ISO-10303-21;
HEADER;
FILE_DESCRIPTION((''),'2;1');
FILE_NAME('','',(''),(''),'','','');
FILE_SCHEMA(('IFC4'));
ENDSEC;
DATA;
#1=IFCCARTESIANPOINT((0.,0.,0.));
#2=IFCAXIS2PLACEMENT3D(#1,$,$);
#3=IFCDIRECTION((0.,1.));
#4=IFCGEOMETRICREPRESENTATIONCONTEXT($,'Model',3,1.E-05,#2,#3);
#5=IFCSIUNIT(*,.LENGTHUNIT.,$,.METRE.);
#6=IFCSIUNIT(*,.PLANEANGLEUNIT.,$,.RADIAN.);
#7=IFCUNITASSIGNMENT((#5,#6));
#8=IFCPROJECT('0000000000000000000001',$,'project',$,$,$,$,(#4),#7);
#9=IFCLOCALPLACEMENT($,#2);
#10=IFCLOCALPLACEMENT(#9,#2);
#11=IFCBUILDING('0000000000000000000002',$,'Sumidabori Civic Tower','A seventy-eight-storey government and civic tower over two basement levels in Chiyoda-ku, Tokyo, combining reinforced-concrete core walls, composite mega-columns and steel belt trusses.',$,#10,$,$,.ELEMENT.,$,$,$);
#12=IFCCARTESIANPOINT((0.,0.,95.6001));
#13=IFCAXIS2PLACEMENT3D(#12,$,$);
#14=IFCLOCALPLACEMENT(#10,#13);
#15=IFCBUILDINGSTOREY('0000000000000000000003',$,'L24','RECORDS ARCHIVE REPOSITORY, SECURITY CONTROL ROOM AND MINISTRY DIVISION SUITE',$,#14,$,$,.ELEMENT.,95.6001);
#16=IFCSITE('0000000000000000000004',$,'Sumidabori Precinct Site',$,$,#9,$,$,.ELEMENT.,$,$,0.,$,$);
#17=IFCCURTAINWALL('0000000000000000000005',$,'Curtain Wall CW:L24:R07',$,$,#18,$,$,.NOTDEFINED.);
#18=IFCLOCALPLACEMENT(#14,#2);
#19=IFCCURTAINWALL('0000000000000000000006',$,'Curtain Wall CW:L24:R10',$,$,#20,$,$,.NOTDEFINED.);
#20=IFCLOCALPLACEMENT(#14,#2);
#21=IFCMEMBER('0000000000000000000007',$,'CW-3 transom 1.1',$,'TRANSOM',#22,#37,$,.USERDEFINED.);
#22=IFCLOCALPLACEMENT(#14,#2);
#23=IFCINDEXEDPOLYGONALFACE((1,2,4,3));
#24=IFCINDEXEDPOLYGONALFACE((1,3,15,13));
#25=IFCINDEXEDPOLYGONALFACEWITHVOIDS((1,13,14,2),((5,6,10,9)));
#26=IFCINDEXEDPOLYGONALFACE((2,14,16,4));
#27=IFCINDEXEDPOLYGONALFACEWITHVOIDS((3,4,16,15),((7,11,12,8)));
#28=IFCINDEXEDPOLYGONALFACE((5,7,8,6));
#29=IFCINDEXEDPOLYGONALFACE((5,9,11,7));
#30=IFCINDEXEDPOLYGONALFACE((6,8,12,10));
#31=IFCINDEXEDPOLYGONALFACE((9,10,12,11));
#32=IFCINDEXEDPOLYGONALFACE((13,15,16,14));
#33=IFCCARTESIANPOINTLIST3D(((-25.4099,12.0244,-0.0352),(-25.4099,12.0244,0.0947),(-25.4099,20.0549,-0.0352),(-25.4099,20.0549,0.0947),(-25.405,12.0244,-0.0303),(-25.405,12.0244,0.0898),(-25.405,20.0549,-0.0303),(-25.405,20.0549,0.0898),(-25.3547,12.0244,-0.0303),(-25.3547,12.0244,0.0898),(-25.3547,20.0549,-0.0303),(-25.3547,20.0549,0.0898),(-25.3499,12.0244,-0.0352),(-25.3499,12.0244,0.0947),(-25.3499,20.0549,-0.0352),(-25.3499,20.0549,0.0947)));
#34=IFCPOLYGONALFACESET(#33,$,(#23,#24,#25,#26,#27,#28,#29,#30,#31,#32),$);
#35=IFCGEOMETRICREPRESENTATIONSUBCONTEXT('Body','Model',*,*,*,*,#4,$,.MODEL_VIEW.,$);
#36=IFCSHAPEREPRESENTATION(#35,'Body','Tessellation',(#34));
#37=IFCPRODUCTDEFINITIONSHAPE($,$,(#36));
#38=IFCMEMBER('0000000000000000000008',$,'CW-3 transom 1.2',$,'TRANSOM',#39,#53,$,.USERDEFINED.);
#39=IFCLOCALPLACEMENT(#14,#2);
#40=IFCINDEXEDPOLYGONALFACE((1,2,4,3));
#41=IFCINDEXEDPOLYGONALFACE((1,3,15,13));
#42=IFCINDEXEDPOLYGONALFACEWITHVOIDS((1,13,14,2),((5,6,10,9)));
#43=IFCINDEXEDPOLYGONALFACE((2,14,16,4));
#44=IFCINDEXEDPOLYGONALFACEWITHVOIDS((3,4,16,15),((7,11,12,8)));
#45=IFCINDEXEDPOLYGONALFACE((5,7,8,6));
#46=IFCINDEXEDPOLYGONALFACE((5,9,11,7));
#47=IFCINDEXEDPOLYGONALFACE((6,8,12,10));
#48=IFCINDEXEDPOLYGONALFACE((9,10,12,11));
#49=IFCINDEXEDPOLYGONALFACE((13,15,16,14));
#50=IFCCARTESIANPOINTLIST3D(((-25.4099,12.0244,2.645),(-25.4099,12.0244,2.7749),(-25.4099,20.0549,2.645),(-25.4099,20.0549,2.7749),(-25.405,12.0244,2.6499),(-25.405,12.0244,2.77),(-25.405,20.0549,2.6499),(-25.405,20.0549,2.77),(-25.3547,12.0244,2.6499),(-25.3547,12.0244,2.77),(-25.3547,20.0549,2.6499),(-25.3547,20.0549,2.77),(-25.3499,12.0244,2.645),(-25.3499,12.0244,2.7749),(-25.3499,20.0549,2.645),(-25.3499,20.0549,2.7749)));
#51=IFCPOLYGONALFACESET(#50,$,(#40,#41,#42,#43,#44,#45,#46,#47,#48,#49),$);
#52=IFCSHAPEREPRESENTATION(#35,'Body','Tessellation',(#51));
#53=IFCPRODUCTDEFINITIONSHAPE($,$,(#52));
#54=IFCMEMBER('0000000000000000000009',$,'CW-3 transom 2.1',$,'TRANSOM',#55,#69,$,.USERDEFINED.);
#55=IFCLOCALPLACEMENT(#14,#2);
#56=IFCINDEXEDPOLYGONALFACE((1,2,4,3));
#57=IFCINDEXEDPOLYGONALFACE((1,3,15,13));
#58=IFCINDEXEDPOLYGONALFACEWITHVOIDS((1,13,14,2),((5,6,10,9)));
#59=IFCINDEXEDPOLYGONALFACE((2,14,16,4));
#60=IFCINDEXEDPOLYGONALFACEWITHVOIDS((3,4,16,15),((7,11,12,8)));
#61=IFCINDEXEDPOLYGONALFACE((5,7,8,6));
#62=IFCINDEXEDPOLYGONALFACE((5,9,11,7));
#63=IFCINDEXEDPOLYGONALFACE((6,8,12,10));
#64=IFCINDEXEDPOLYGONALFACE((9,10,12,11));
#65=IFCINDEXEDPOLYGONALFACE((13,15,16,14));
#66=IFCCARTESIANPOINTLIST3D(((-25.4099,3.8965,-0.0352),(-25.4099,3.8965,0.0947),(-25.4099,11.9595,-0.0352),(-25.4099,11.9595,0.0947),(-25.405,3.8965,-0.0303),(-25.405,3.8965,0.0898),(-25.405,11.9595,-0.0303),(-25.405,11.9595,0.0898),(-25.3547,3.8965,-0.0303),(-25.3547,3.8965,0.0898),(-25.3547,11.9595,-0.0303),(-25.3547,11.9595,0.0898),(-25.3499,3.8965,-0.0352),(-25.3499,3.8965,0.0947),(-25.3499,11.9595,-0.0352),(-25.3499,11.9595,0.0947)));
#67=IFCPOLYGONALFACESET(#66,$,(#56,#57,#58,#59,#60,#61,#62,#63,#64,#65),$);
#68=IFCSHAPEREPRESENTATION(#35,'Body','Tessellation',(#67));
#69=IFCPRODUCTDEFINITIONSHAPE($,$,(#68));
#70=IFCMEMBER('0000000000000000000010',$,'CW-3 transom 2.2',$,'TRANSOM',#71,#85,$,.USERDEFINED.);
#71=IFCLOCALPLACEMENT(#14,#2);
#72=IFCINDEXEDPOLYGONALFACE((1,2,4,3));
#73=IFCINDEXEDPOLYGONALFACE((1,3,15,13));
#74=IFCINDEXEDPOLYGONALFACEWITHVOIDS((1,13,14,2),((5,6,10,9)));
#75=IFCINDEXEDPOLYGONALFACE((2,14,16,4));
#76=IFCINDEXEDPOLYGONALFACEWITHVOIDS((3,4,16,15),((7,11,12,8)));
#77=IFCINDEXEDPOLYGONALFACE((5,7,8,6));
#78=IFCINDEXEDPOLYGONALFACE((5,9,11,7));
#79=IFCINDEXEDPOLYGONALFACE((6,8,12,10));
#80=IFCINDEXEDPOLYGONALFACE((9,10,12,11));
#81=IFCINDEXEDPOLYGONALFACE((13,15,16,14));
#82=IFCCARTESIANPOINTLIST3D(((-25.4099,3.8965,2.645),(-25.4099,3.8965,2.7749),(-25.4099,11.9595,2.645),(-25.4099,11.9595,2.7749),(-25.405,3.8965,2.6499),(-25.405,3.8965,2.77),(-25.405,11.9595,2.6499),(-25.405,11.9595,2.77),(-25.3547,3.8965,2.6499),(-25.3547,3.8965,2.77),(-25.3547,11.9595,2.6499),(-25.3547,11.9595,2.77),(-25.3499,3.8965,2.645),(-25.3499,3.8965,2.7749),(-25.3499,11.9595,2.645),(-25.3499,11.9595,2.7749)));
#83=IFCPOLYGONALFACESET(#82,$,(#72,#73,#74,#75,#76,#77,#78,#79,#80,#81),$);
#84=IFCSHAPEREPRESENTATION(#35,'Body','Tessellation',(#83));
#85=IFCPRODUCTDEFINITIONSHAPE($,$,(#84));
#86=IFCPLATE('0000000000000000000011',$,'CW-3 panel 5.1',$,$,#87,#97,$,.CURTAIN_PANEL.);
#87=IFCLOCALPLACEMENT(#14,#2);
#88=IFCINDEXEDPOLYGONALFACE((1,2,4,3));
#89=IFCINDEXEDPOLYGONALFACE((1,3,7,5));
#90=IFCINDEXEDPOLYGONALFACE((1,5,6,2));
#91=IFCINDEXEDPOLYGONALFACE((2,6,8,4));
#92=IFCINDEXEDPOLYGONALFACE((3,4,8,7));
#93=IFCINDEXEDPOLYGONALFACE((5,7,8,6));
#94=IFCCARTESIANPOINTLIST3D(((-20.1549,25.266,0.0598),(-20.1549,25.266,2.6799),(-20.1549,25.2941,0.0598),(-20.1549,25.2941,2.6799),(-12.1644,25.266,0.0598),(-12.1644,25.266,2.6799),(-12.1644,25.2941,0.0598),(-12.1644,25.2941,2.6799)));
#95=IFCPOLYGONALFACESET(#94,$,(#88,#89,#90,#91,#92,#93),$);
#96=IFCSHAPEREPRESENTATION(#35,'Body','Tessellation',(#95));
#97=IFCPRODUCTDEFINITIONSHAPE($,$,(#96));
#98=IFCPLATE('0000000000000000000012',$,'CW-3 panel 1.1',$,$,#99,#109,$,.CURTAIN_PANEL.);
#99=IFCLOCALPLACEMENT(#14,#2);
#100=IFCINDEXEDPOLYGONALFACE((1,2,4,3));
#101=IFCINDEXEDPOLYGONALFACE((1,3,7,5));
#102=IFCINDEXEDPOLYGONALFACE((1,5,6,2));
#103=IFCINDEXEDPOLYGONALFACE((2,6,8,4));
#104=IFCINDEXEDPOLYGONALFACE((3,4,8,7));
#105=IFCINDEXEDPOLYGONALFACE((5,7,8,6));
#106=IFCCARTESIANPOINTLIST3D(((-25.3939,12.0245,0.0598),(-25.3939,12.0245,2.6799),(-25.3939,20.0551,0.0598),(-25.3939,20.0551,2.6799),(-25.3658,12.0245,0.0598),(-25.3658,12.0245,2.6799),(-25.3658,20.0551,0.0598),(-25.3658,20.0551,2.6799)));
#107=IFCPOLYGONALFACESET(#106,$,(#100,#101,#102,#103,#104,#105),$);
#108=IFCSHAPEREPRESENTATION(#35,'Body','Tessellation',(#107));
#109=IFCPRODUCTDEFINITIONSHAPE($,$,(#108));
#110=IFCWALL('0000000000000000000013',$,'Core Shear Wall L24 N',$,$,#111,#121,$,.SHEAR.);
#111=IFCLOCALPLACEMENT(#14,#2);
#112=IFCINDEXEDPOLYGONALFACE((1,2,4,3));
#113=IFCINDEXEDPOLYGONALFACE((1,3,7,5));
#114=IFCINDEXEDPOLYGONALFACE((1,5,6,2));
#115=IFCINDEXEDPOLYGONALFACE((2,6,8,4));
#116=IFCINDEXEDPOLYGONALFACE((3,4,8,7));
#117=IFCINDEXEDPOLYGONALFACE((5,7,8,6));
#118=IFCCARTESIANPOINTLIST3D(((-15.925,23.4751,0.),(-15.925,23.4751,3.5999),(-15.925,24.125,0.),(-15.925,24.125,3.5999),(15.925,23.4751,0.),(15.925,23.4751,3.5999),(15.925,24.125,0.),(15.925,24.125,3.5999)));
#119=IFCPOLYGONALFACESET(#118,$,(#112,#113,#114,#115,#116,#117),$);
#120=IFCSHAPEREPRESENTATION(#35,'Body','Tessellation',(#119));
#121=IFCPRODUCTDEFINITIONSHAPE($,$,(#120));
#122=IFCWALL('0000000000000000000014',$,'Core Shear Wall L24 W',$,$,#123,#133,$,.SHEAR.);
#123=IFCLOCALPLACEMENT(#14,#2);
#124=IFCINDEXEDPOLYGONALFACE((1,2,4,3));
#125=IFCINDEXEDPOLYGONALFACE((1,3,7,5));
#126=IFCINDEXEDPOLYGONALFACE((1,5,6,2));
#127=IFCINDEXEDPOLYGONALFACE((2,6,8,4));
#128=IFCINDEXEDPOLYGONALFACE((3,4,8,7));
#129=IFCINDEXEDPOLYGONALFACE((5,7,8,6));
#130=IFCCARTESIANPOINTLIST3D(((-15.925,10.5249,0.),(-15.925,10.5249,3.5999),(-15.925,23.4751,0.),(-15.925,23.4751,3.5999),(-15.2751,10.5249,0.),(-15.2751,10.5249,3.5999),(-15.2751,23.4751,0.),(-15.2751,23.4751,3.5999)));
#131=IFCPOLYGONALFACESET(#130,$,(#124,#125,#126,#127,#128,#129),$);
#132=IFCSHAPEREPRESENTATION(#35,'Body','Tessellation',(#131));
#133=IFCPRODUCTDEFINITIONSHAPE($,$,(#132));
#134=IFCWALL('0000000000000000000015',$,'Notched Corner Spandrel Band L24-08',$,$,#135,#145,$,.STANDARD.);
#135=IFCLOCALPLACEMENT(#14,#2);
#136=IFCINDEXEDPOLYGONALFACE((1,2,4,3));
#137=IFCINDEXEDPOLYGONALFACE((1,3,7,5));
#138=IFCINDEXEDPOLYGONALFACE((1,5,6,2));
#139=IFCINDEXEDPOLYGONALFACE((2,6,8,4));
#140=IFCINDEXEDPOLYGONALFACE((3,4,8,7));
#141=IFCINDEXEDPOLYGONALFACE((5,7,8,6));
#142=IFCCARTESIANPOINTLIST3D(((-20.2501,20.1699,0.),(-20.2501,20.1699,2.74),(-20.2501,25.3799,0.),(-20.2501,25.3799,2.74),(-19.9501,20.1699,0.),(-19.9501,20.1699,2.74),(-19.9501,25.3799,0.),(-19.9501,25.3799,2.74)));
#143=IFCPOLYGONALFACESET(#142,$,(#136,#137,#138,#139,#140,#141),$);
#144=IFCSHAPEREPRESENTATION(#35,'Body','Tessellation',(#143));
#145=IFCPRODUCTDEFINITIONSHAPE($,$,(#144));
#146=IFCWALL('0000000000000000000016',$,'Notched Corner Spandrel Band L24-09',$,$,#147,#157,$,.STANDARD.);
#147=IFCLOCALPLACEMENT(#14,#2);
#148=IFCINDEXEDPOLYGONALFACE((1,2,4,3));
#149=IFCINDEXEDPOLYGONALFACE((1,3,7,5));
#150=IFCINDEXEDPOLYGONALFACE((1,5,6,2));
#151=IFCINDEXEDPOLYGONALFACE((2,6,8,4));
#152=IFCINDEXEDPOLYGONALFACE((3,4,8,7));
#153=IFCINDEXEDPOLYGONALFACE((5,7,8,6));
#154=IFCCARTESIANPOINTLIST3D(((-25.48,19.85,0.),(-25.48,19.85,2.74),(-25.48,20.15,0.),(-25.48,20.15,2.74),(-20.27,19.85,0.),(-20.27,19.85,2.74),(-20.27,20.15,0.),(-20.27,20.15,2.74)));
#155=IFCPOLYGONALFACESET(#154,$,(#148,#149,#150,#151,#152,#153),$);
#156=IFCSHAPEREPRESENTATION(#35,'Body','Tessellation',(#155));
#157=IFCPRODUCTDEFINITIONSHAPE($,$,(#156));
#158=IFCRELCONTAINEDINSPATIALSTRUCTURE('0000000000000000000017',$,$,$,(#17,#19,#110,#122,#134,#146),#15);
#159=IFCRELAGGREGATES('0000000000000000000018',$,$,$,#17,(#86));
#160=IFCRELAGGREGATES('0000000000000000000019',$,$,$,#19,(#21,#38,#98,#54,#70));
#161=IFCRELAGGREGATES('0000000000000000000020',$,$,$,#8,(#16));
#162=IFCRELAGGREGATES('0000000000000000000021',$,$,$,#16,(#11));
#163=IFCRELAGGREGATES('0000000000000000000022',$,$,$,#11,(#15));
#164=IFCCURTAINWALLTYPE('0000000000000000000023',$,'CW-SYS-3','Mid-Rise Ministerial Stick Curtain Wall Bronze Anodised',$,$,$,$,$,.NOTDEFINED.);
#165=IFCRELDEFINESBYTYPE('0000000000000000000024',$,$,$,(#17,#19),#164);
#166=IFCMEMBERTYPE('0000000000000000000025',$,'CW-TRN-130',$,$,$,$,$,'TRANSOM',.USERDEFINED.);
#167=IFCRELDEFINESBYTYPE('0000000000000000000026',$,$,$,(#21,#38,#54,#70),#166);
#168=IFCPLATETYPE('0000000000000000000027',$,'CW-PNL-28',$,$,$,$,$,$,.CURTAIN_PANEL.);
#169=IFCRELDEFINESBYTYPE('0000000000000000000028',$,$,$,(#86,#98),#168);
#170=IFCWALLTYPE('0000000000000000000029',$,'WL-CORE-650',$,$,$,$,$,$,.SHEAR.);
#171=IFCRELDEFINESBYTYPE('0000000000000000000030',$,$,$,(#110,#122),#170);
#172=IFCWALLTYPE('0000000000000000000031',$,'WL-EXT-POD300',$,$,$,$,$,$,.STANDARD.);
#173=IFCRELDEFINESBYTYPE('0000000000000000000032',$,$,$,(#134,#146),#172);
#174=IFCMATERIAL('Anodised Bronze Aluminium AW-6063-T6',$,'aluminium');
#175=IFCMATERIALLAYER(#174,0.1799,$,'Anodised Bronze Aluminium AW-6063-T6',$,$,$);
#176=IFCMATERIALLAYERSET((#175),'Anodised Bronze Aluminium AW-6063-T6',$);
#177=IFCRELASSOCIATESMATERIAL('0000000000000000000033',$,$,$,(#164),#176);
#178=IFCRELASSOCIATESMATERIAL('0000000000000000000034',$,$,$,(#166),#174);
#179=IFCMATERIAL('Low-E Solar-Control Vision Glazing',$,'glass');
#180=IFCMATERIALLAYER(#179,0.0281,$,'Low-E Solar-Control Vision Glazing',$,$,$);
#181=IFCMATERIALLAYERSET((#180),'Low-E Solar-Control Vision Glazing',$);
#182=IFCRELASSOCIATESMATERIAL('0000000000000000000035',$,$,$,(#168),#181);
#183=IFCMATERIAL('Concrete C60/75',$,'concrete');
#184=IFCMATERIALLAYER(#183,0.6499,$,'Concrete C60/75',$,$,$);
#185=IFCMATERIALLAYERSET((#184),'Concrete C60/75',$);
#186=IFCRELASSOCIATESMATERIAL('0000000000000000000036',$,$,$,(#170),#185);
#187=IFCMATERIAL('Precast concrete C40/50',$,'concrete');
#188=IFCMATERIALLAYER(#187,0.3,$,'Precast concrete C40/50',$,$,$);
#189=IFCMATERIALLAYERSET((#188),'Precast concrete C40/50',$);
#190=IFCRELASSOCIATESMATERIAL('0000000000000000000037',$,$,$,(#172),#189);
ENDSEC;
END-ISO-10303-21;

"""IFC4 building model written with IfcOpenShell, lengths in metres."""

from ifc_helpers import new_model, si_unit, direction, frame, frame_2d, origin, origin_2d, place, context, subcontext, project, spatial, rectangle, hollow_rectangle, extrude, source, transform, mapped, material, layer, layer_set, material_profile, profile_set, type_object, element, aggregate, save


model = new_model("IFC4")

# Units and contexts
model_context = context("Model", 3, precision=1e-05, world=origin(), true_north=direction((0.0, 1.0)))
body_context = subcontext(model_context, "Body", "Model", "MODEL_VIEW")
ifc_project = project(units=[si_unit("LENGTHUNIT", "METRE"), si_unit("PLANEANGLEUNIT", "RADIAN")], contexts=[model_context])

# Site, building, storey
site_placement = place(None, origin())
site = spatial("IfcSite", under=ifc_project, at=site_placement, Name="Sumidabori Precinct Site", CompositionType="ELEMENT", RefElevation=0.0)
building_placement = place(site_placement, origin())
building = spatial("IfcBuilding", under=site, at=building_placement, Name="Sumidabori Civic Tower", Description="A seventy-eight-storey government and civic tower over two basement levels in Chiyoda-ku, Tokyo, combining reinforced-concrete core walls, composite mega-columns and steel belt trusses.", CompositionType="ELEMENT")
storey_placement = place(building_placement, frame((0.0, 0.0, 95.6001)))
storey = spatial("IfcBuildingStorey", under=building, at=storey_placement, Name="L24", Description="RECORDS ARCHIVE REPOSITORY, SECURITY CONTROL ROOM AND MINISTRY DIVISION SUITE", CompositionType="ELEMENT", Elevation=95.6001)

# Shared definitions
ifc_material_1 = material(Name="Concrete C60/75", Category="concrete")

# Curtain wall
ifc_material_2 = material(Name="Anodised Bronze Aluminium AW-6063-T6", Category="aluminium")
ifc_layer_1 = layer(ifc_material_2, 0.1799, Name="Anodised Bronze Aluminium AW-6063-T6")
ifc_layer_set_1 = layer_set([ifc_layer_1], Name="Anodised Bronze Aluminium AW-6063-T6")
curtain_wall_type = type_object("IfcCurtainWallType", Name="CW-SYS-3", Description="Mid-Rise Ministerial Stick Curtain Wall Bronze Anodised", PredefinedType="NOTDEFINED", material=ifc_layer_set_1)
curtain_wall_1_placement = place(storey_placement, origin())
curtain_wall_1 = element("IfcCurtainWall", 1, at=curtain_wall_1_placement, inside=storey, type_object=curtain_wall_type, Name="Curtain Wall CW:L24:R07", PredefinedType="NOTDEFINED")

# Curtain wall, members
curtain_wall_2_placement = place(storey_placement, origin())
curtain_wall_2 = element("IfcCurtainWall", 2, at=curtain_wall_2_placement, inside=storey, type_object=curtain_wall_type, Name="Curtain Wall CW:L24:R10", PredefinedType="NOTDEFINED")
ifc_material_profile_1 = material_profile(ifc_material_2, hollow_rectangle(XDim=0.0601, YDim=0.1299, WallThickness=0.0049, at=origin_2d()), Name="ALU TRANSOM 130x60")
ifc_profile_set_1 = profile_set([ifc_material_profile_1], Name="Anodised Bronze Aluminium AW-6063-T6")
member_type_1 = type_object("IfcMemberType", Name="CW-TRN-130", ElementType="TRANSOM", PredefinedType="USERDEFINED", material=ifc_profile_set_1)
shared_shape_1 = source(origin(), body_context, "Body", "SweptSolid", [
    extrude(hollow_rectangle(XDim=0.0601, YDim=0.1299, WallThickness=0.0049, at=origin_2d()), origin(), (0.0, 0.0, 1.0), 8.0305),
])
member_1_placement = place(storey_placement, frame((-25.3799, 20.0549, 0.0298), z_axis=(0.0, -1.0, 0.0), x_axis=(1.0, 0.0, 0.0)))
member_1 = element("IfcMember", 3, at=member_1_placement, type_object=member_type_1, Name="CW-3 transom 1.1", ObjectType="TRANSOM", PredefinedType="USERDEFINED", context=body_context, shape_type="MappedRepresentation", body=[
    mapped(shared_shape_1, transform((0.0, 0.0, 0.0), x_axis=(1.0, 0.0, 0.0), y_axis=(0.0, 1.0, 0.0), z_axis=(0.0, 0.0, 1.0), scale=1.0)),
])
member_2_placement = place(storey_placement, frame((-25.3799, 20.0549, 2.71), z_axis=(0.0, -1.0, 0.0), x_axis=(1.0, 0.0, 0.0)))
member_2 = element("IfcMember", 4, at=member_2_placement, type_object=member_type_1, Name="CW-3 transom 1.2", ObjectType="TRANSOM", PredefinedType="USERDEFINED", context=body_context, shape_type="MappedRepresentation", body=[
    mapped(shared_shape_1, transform((0.0, 0.0, 0.0), x_axis=(1.0, 0.0, 0.0), y_axis=(0.0, 1.0, 0.0), z_axis=(0.0, 0.0, 1.0), scale=1.0)),
])
shared_shape_2 = source(origin(), body_context, "Body", "SweptSolid", [
    extrude(hollow_rectangle(XDim=0.0601, YDim=0.1299, WallThickness=0.0049, at=origin_2d()), origin(), (0.0, 0.0, 1.0), 8.063),
])
member_3_placement = place(storey_placement, frame((-25.3799, 11.9595, 0.0298), z_axis=(0.0, -1.0, 0.0), x_axis=(1.0, 0.0, 0.0)))
member_3 = element("IfcMember", 5, at=member_3_placement, type_object=member_type_1, Name="CW-3 transom 2.1", ObjectType="TRANSOM", PredefinedType="USERDEFINED", context=body_context, shape_type="MappedRepresentation", body=[
    mapped(shared_shape_2, transform((0.0, 0.0, 0.0), x_axis=(1.0, 0.0, 0.0), y_axis=(0.0, 1.0, 0.0), z_axis=(0.0, 0.0, 1.0), scale=1.0)),
])
member_4_placement = place(storey_placement, frame((-25.3799, 11.9595, 2.71), z_axis=(0.0, -1.0, 0.0), x_axis=(1.0, 0.0, 0.0)))
member_4 = element("IfcMember", 6, at=member_4_placement, type_object=member_type_1, Name="CW-3 transom 2.2", ObjectType="TRANSOM", PredefinedType="USERDEFINED", context=body_context, shape_type="MappedRepresentation", body=[
    mapped(shared_shape_2, transform((0.0, 0.0, 0.0), x_axis=(1.0, 0.0, 0.0), y_axis=(0.0, 1.0, 0.0), z_axis=(0.0, 0.0, 1.0), scale=1.0)),
])

# Plates
ifc_material_3 = material(Name="Low-E Solar-Control Vision Glazing", Category="glass")
ifc_layer_2 = layer(ifc_material_3, 0.0281, Name="Low-E Solar-Control Vision Glazing")
ifc_layer_set_2 = layer_set([ifc_layer_2], Name="Low-E Solar-Control Vision Glazing")
plate_type = type_object("IfcPlateType", Name="CW-PNL-28", PredefinedType="CURTAIN_PANEL", material=ifc_layer_set_2)
shared_shape_3 = source(origin(), body_context, "Body", "SweptSolid", [
    extrude(rectangle(XDim=7.9905, YDim=0.0281, at=origin_2d()), origin(), (0.0, 0.0, 1.0), 2.6201),
])
plate_1_placement = place(storey_placement, frame((-16.1597, 25.28, 0.0598), z_axis=(0.0, 0.0, 1.0), x_axis=(-1.0, 0.0, 0.0)))
plate_1 = element("IfcPlate", 7, at=plate_1_placement, type_object=plate_type, Name="CW-3 panel 5.1", PredefinedType="CURTAIN_PANEL", context=body_context, shape_type="MappedRepresentation", body=[
    mapped(shared_shape_3, transform((0.0, 0.0, 0.0), x_axis=(1.0, 0.0, 0.0), y_axis=(0.0, 1.0, 0.0), z_axis=(0.0, 0.0, 1.0), scale=1.0)),
])
aggregate(curtain_wall_1, [plate_1])
shared_shape_4 = source(origin(), body_context, "Body", "SweptSolid", [
    extrude(rectangle(XDim=8.0305, YDim=0.0281, at=origin_2d()), origin(), (0.0, 0.0, 1.0), 2.6201),
])
plate_2_placement = place(storey_placement, frame((-25.3799, 16.0398, 0.0598), z_axis=(0.0, 0.0, 1.0), x_axis=(0.0, -1.0, 0.0)))
plate_2 = element("IfcPlate", 8, at=plate_2_placement, type_object=plate_type, Name="CW-3 panel 1.1", PredefinedType="CURTAIN_PANEL", context=body_context, shape_type="MappedRepresentation", body=[
    mapped(shared_shape_4, transform((0.0, 0.0, 0.0), x_axis=(1.0, 0.0, 0.0), y_axis=(0.0, 1.0, 0.0), z_axis=(0.0, 0.0, 1.0), scale=1.0)),
])
aggregate(curtain_wall_2, [member_1, member_2, plate_2, member_3, member_4])

# Walls
ifc_layer_3 = layer(ifc_material_1, 0.6499, Name="Concrete C60/75")
ifc_layer_set_3 = layer_set([ifc_layer_3], Name="Concrete C60/75")
wall_type_1 = type_object("IfcWallType", Name="WL-CORE-650", PredefinedType="SHEAR", material=ifc_layer_set_3)
shared_shape_5 = source(origin(), body_context, "Body", "SweptSolid", [
    extrude(rectangle(XDim=31.8501, YDim=0.6499, at=frame_2d((15.925, 0.0))), origin(), (0.0, 0.0, 1.0), 3.5999),
])
wall_1_placement = place(storey_placement, frame((-15.925, 23.8, 0.0), z_axis=(0.0, 0.0, 1.0), x_axis=(1.0, 0.0, 0.0)))
element("IfcWall", 9, at=wall_1_placement, inside=storey, type_object=wall_type_1, Name="Core Shear Wall L24 N", PredefinedType="SHEAR", context=body_context, shape_type="MappedRepresentation", body=[
    mapped(shared_shape_5, transform((0.0, 0.0, 0.0), x_axis=(1.0, 0.0, 0.0), y_axis=(0.0, 1.0, 0.0), z_axis=(0.0, 0.0, 1.0), scale=1.0)),
])
shared_shape_6 = source(origin(), body_context, "Body", "SweptSolid", [
    extrude(rectangle(XDim=12.9502, YDim=0.6499, at=frame_2d((6.4751, 0.0))), origin(), (0.0, 0.0, 1.0), 3.5999),
])
wall_2_placement = place(storey_placement, frame((-15.6001, 10.5249, 0.0), z_axis=(0.0, 0.0, 1.0), x_axis=(0.0, 1.0, 0.0)))
element("IfcWall", 10, at=wall_2_placement, inside=storey, type_object=wall_type_1, Name="Core Shear Wall L24 W", PredefinedType="SHEAR", context=body_context, shape_type="MappedRepresentation", body=[
    mapped(shared_shape_6, transform((0.0, 0.0, 0.0), x_axis=(1.0, 0.0, 0.0), y_axis=(0.0, 1.0, 0.0), z_axis=(0.0, 0.0, 1.0), scale=1.0)),
])
ifc_material_4 = material(Name="Precast concrete C40/50", Category="concrete")
ifc_layer_4 = layer(ifc_material_4, 0.3, Name="Precast concrete C40/50")
ifc_layer_set_4 = layer_set([ifc_layer_4], Name="Precast concrete C40/50")
wall_type_2 = type_object("IfcWallType", Name="WL-EXT-POD300", PredefinedType="STANDARD", material=ifc_layer_set_4)
shared_shape_7 = source(origin(), body_context, "Body", "SweptSolid", [
    extrude(rectangle(XDim=5.21, YDim=0.3, at=frame_2d((2.605, 0.0))), origin(), (0.0, 0.0, 1.0), 2.74),
])
for number, where, z_axis, x_axis, name in (
    (11, (-20.1001, 25.3799, 0.0), (0.0, 0.0, 1.0), (0.0, -1.0, 0.0), "Notched Corner Spandrel Band L24-08"),
    (12, (-20.27, 20.0, 0.0), (0.0, 0.0, 1.0), (-1.0, 0.0, 0.0), "Notched Corner Spandrel Band L24-09"),
):
    element("IfcWall", number, at=place(storey_placement, frame(where, z_axis=z_axis, x_axis=x_axis)), inside=storey, type_object=wall_type_2, Name=name, PredefinedType="STANDARD", context=body_context, shape_type="MappedRepresentation", body=[
        mapped(shared_shape_7, transform((0.0, 0.0, 0.0), x_axis=(1.0, 0.0, 0.0), y_axis=(0.0, 1.0, 0.0), z_axis=(0.0, 0.0, 1.0), scale=1.0)),
    ])

save(model, "model.ifc")
